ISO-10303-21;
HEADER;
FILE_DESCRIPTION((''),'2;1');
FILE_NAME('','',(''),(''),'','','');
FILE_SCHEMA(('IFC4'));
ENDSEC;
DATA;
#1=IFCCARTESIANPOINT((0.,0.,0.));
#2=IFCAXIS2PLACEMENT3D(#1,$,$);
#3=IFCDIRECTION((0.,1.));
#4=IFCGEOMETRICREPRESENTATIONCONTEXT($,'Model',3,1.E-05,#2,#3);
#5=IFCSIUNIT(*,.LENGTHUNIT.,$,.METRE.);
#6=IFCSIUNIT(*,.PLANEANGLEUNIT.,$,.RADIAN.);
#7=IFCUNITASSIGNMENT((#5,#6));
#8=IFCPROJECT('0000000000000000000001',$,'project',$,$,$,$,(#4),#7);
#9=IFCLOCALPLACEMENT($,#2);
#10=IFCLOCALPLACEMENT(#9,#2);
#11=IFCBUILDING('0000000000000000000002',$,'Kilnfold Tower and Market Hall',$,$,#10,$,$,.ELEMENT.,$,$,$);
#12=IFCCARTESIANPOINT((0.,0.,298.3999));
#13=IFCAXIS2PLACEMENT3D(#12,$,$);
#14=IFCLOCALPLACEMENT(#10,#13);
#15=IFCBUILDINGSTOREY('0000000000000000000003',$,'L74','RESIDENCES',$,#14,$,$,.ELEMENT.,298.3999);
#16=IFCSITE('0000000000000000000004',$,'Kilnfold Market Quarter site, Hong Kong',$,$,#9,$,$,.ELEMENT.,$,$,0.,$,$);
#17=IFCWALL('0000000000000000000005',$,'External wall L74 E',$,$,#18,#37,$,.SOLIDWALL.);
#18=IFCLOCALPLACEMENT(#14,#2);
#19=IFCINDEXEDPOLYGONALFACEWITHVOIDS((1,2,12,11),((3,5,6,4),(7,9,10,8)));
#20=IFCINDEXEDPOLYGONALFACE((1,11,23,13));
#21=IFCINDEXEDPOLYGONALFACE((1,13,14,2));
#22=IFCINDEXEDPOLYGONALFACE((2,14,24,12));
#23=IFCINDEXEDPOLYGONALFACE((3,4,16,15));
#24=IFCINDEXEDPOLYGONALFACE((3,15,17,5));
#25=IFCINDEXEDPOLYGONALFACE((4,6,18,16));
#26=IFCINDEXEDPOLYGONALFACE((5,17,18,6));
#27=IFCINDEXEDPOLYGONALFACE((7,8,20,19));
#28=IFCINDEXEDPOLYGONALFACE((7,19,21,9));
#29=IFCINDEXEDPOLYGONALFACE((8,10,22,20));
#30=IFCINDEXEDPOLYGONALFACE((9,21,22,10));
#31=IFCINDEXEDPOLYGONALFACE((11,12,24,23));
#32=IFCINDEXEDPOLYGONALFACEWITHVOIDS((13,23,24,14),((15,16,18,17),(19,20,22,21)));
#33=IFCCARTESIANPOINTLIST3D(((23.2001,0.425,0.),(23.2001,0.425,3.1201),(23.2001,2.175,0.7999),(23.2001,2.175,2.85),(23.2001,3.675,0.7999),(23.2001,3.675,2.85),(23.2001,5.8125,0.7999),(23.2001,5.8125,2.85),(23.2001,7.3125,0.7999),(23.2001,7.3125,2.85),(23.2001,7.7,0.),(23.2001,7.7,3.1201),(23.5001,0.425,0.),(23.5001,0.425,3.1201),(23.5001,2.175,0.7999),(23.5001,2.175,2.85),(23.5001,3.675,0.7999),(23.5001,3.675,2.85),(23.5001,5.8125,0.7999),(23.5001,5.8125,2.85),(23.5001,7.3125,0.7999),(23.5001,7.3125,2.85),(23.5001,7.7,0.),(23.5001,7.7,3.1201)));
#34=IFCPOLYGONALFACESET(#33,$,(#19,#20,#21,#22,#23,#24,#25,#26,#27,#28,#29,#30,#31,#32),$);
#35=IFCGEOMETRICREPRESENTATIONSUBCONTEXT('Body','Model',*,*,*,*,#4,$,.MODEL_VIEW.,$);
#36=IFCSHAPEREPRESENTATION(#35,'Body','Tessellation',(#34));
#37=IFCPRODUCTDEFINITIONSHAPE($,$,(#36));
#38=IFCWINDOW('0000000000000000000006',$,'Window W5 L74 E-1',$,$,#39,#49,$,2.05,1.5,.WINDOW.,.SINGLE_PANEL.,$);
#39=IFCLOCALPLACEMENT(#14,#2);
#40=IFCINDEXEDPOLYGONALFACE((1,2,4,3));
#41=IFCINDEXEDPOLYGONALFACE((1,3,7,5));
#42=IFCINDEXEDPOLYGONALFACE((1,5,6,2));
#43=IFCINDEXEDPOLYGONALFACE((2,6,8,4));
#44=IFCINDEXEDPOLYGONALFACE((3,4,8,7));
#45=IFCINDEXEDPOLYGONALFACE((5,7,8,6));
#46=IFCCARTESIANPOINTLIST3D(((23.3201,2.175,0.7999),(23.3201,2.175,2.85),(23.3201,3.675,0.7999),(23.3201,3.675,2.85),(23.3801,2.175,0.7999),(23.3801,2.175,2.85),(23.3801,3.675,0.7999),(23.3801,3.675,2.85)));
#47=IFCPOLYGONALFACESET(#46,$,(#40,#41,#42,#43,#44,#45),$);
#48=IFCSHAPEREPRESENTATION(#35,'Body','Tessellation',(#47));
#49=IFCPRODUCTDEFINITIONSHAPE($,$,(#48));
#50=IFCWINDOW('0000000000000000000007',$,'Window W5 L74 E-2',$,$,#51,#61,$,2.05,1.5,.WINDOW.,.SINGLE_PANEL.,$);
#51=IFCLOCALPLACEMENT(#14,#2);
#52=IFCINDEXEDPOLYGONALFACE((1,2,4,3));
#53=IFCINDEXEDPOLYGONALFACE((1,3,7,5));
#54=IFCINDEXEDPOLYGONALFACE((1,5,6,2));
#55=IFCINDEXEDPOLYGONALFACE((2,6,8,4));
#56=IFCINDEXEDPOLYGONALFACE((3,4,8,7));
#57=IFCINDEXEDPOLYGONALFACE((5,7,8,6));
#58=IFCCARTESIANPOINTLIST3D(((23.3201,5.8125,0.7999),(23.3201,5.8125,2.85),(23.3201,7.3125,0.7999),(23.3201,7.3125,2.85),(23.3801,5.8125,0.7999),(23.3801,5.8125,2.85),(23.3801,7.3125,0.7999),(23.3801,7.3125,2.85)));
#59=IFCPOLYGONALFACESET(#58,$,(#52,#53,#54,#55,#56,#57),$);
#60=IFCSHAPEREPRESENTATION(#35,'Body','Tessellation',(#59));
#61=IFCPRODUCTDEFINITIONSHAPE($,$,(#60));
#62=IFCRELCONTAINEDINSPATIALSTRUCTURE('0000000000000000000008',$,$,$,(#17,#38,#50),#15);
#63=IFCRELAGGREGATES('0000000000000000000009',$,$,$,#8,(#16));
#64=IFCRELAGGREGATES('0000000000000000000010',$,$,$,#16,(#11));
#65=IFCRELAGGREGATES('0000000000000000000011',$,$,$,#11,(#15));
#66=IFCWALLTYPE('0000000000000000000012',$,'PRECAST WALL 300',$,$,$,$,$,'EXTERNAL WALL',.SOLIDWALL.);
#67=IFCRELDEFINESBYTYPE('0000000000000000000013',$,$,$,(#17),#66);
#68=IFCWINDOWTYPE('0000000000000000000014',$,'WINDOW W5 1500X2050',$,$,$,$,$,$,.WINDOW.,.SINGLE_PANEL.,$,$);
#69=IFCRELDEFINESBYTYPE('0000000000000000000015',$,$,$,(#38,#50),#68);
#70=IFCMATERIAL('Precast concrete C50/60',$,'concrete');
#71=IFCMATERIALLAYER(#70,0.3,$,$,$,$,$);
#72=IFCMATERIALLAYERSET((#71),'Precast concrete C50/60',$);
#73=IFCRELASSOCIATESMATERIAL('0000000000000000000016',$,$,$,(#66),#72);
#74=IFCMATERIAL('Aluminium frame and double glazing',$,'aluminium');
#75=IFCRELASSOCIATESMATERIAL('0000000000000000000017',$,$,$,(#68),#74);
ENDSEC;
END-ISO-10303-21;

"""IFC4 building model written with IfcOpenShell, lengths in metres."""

from ifc_helpers import new_model, si_unit, direction, frame, frame_2d, origin, place, context, subcontext, project, spatial, rectangle, extrude, source, transform, mapped, material, layer, layer_set, type_object, element, fill, save


model = new_model("IFC4")

# Units and contexts
model_context = context("Model", 3, precision=1e-05, world=origin(), true_north=direction((0.0, 1.0)))
body_context = subcontext(model_context, "Body", "Model", "MODEL_VIEW")
ifc_project = project(units=[si_unit("LENGTHUNIT", "METRE"), si_unit("PLANEANGLEUNIT", "RADIAN")], contexts=[model_context])

# Site, building, storey
site_placement = place(None, origin())
site = spatial("IfcSite", under=ifc_project, at=site_placement, Name="Kilnfold Market Quarter site, Hong Kong", CompositionType="ELEMENT", RefElevation=0.0)
building_placement = place(site_placement, origin())
building = spatial("IfcBuilding", under=site, at=building_placement, Name="Kilnfold Tower and Market Hall", CompositionType="ELEMENT")
storey_placement = place(building_placement, frame((0.0, 0.0, 298.3999)))
storey = spatial("IfcBuildingStorey", under=building, at=storey_placement, Name="L74", Description="RESIDENCES", CompositionType="ELEMENT", Elevation=298.3999)

# Wall, openings, windows
ifc_material_1 = material(Name="Precast concrete C50/60", Category="concrete")
ifc_layer_1 = layer(ifc_material_1, 0.3)
ifc_layer_set_1 = layer_set([ifc_layer_1], Name="Precast concrete C50/60")
wall_type_1 = type_object("IfcWallType", Name="PRECAST WALL 300", ElementType="EXTERNAL WALL", PredefinedType="SOLIDWALL", material=ifc_layer_set_1)
shared_shape_1 = source(origin(), body_context, "Body", "SweptSolid", [
    extrude(rectangle(XDim=7.2749, YDim=0.3, at=frame_2d((3.6375, 0.0))), origin(), (0.0, 0.0, 1.0), 3.1201),
])
wall_1_placement = place(storey_placement, frame((23.3501, 0.425, 0.0), z_axis=(0.0, 0.0, 1.0), x_axis=(0.0, 1.0, 0.0)))
wall_1 = element("IfcWall", 1, at=wall_1_placement, inside=storey, type_object=wall_type_1, Name="External wall L74 E", PredefinedType="SOLIDWALL", context=body_context, shape_type="MappedRepresentation", body=[
    mapped(shared_shape_1, transform((0.0, 0.0, 0.0))),
])
opening_1_placement = place(wall_1_placement, frame((1.75, 0.0, 0.8)))
opening_1 = element("IfcOpeningElement", 2, at=opening_1_placement, cuts=wall_1, PredefinedType="OPENING", context=body_context, shape_type="SweptSolid", body=[
    extrude(rectangle(XDim=1.5, YDim=2.05, at=frame_2d((0.75, 1.0249))), frame((0.0, 0.1602, 0.0), z_axis=(0.0, -1.0, 0.0), x_axis=(1.0, 0.0, 0.0)), (0.0, 0.0, 1.0), 0.3201),
])
opening_2_placement = place(wall_1_placement, frame((5.3875, 0.0, 0.8)))
opening_2 = element("IfcOpeningElement", 3, at=opening_2_placement, cuts=wall_1, PredefinedType="OPENING", context=body_context, shape_type="SweptSolid", body=[
    extrude(rectangle(XDim=1.5, YDim=2.05, at=frame_2d((0.75, 1.0249))), frame((0.0, 0.1602, 0.0), z_axis=(0.0, -1.0, 0.0), x_axis=(1.0, 0.0, 0.0)), (0.0, 0.0, 1.0), 0.3201),
])
ifc_material_2 = material(Name="Aluminium frame and double glazing", Category="aluminium")
window_type = type_object("IfcWindowType", Name="WINDOW W5 1500X2050", PartitioningType="SINGLE_PANEL", PredefinedType="WINDOW", material=ifc_material_2)
window_1_placement = place(opening_1_placement, origin())
window_1 = element("IfcWindow", 4, at=window_1_placement, inside=storey, type_object=window_type, Name="Window W5 L74 E-1", OverallHeight=2.05, OverallWidth=1.5, PartitioningType="SINGLE_PANEL", PredefinedType="WINDOW", context=body_context, shape_type="SweptSolid", body=[
    extrude(rectangle(XDim=1.5, YDim=2.05, at=frame_2d((0.75, 1.0249))), frame((0.0, 0.03, 0.0), z_axis=(0.0, -1.0, 0.0), x_axis=(1.0, 0.0, 0.0)), (0.0, 0.0, 1.0), 0.0601),
])
fill(opening_1, window_1)
window_2_placement = place(opening_2_placement, origin())
window_2 = element("IfcWindow", 5, at=window_2_placement, inside=storey, type_object=window_type, Name="Window W5 L74 E-2", OverallHeight=2.05, OverallWidth=1.5, PartitioningType="SINGLE_PANEL", PredefinedType="WINDOW", context=body_context, shape_type="SweptSolid", body=[
    extrude(rectangle(XDim=1.5, YDim=2.05, at=frame_2d((0.75, 1.0249))), frame((0.0, 0.03, 0.0), z_axis=(0.0, -1.0, 0.0), x_axis=(1.0, 0.0, 0.0)), (0.0, 0.0, 1.0), 0.0601),
])
fill(opening_2, window_2)

save(model, "model.ifc")
